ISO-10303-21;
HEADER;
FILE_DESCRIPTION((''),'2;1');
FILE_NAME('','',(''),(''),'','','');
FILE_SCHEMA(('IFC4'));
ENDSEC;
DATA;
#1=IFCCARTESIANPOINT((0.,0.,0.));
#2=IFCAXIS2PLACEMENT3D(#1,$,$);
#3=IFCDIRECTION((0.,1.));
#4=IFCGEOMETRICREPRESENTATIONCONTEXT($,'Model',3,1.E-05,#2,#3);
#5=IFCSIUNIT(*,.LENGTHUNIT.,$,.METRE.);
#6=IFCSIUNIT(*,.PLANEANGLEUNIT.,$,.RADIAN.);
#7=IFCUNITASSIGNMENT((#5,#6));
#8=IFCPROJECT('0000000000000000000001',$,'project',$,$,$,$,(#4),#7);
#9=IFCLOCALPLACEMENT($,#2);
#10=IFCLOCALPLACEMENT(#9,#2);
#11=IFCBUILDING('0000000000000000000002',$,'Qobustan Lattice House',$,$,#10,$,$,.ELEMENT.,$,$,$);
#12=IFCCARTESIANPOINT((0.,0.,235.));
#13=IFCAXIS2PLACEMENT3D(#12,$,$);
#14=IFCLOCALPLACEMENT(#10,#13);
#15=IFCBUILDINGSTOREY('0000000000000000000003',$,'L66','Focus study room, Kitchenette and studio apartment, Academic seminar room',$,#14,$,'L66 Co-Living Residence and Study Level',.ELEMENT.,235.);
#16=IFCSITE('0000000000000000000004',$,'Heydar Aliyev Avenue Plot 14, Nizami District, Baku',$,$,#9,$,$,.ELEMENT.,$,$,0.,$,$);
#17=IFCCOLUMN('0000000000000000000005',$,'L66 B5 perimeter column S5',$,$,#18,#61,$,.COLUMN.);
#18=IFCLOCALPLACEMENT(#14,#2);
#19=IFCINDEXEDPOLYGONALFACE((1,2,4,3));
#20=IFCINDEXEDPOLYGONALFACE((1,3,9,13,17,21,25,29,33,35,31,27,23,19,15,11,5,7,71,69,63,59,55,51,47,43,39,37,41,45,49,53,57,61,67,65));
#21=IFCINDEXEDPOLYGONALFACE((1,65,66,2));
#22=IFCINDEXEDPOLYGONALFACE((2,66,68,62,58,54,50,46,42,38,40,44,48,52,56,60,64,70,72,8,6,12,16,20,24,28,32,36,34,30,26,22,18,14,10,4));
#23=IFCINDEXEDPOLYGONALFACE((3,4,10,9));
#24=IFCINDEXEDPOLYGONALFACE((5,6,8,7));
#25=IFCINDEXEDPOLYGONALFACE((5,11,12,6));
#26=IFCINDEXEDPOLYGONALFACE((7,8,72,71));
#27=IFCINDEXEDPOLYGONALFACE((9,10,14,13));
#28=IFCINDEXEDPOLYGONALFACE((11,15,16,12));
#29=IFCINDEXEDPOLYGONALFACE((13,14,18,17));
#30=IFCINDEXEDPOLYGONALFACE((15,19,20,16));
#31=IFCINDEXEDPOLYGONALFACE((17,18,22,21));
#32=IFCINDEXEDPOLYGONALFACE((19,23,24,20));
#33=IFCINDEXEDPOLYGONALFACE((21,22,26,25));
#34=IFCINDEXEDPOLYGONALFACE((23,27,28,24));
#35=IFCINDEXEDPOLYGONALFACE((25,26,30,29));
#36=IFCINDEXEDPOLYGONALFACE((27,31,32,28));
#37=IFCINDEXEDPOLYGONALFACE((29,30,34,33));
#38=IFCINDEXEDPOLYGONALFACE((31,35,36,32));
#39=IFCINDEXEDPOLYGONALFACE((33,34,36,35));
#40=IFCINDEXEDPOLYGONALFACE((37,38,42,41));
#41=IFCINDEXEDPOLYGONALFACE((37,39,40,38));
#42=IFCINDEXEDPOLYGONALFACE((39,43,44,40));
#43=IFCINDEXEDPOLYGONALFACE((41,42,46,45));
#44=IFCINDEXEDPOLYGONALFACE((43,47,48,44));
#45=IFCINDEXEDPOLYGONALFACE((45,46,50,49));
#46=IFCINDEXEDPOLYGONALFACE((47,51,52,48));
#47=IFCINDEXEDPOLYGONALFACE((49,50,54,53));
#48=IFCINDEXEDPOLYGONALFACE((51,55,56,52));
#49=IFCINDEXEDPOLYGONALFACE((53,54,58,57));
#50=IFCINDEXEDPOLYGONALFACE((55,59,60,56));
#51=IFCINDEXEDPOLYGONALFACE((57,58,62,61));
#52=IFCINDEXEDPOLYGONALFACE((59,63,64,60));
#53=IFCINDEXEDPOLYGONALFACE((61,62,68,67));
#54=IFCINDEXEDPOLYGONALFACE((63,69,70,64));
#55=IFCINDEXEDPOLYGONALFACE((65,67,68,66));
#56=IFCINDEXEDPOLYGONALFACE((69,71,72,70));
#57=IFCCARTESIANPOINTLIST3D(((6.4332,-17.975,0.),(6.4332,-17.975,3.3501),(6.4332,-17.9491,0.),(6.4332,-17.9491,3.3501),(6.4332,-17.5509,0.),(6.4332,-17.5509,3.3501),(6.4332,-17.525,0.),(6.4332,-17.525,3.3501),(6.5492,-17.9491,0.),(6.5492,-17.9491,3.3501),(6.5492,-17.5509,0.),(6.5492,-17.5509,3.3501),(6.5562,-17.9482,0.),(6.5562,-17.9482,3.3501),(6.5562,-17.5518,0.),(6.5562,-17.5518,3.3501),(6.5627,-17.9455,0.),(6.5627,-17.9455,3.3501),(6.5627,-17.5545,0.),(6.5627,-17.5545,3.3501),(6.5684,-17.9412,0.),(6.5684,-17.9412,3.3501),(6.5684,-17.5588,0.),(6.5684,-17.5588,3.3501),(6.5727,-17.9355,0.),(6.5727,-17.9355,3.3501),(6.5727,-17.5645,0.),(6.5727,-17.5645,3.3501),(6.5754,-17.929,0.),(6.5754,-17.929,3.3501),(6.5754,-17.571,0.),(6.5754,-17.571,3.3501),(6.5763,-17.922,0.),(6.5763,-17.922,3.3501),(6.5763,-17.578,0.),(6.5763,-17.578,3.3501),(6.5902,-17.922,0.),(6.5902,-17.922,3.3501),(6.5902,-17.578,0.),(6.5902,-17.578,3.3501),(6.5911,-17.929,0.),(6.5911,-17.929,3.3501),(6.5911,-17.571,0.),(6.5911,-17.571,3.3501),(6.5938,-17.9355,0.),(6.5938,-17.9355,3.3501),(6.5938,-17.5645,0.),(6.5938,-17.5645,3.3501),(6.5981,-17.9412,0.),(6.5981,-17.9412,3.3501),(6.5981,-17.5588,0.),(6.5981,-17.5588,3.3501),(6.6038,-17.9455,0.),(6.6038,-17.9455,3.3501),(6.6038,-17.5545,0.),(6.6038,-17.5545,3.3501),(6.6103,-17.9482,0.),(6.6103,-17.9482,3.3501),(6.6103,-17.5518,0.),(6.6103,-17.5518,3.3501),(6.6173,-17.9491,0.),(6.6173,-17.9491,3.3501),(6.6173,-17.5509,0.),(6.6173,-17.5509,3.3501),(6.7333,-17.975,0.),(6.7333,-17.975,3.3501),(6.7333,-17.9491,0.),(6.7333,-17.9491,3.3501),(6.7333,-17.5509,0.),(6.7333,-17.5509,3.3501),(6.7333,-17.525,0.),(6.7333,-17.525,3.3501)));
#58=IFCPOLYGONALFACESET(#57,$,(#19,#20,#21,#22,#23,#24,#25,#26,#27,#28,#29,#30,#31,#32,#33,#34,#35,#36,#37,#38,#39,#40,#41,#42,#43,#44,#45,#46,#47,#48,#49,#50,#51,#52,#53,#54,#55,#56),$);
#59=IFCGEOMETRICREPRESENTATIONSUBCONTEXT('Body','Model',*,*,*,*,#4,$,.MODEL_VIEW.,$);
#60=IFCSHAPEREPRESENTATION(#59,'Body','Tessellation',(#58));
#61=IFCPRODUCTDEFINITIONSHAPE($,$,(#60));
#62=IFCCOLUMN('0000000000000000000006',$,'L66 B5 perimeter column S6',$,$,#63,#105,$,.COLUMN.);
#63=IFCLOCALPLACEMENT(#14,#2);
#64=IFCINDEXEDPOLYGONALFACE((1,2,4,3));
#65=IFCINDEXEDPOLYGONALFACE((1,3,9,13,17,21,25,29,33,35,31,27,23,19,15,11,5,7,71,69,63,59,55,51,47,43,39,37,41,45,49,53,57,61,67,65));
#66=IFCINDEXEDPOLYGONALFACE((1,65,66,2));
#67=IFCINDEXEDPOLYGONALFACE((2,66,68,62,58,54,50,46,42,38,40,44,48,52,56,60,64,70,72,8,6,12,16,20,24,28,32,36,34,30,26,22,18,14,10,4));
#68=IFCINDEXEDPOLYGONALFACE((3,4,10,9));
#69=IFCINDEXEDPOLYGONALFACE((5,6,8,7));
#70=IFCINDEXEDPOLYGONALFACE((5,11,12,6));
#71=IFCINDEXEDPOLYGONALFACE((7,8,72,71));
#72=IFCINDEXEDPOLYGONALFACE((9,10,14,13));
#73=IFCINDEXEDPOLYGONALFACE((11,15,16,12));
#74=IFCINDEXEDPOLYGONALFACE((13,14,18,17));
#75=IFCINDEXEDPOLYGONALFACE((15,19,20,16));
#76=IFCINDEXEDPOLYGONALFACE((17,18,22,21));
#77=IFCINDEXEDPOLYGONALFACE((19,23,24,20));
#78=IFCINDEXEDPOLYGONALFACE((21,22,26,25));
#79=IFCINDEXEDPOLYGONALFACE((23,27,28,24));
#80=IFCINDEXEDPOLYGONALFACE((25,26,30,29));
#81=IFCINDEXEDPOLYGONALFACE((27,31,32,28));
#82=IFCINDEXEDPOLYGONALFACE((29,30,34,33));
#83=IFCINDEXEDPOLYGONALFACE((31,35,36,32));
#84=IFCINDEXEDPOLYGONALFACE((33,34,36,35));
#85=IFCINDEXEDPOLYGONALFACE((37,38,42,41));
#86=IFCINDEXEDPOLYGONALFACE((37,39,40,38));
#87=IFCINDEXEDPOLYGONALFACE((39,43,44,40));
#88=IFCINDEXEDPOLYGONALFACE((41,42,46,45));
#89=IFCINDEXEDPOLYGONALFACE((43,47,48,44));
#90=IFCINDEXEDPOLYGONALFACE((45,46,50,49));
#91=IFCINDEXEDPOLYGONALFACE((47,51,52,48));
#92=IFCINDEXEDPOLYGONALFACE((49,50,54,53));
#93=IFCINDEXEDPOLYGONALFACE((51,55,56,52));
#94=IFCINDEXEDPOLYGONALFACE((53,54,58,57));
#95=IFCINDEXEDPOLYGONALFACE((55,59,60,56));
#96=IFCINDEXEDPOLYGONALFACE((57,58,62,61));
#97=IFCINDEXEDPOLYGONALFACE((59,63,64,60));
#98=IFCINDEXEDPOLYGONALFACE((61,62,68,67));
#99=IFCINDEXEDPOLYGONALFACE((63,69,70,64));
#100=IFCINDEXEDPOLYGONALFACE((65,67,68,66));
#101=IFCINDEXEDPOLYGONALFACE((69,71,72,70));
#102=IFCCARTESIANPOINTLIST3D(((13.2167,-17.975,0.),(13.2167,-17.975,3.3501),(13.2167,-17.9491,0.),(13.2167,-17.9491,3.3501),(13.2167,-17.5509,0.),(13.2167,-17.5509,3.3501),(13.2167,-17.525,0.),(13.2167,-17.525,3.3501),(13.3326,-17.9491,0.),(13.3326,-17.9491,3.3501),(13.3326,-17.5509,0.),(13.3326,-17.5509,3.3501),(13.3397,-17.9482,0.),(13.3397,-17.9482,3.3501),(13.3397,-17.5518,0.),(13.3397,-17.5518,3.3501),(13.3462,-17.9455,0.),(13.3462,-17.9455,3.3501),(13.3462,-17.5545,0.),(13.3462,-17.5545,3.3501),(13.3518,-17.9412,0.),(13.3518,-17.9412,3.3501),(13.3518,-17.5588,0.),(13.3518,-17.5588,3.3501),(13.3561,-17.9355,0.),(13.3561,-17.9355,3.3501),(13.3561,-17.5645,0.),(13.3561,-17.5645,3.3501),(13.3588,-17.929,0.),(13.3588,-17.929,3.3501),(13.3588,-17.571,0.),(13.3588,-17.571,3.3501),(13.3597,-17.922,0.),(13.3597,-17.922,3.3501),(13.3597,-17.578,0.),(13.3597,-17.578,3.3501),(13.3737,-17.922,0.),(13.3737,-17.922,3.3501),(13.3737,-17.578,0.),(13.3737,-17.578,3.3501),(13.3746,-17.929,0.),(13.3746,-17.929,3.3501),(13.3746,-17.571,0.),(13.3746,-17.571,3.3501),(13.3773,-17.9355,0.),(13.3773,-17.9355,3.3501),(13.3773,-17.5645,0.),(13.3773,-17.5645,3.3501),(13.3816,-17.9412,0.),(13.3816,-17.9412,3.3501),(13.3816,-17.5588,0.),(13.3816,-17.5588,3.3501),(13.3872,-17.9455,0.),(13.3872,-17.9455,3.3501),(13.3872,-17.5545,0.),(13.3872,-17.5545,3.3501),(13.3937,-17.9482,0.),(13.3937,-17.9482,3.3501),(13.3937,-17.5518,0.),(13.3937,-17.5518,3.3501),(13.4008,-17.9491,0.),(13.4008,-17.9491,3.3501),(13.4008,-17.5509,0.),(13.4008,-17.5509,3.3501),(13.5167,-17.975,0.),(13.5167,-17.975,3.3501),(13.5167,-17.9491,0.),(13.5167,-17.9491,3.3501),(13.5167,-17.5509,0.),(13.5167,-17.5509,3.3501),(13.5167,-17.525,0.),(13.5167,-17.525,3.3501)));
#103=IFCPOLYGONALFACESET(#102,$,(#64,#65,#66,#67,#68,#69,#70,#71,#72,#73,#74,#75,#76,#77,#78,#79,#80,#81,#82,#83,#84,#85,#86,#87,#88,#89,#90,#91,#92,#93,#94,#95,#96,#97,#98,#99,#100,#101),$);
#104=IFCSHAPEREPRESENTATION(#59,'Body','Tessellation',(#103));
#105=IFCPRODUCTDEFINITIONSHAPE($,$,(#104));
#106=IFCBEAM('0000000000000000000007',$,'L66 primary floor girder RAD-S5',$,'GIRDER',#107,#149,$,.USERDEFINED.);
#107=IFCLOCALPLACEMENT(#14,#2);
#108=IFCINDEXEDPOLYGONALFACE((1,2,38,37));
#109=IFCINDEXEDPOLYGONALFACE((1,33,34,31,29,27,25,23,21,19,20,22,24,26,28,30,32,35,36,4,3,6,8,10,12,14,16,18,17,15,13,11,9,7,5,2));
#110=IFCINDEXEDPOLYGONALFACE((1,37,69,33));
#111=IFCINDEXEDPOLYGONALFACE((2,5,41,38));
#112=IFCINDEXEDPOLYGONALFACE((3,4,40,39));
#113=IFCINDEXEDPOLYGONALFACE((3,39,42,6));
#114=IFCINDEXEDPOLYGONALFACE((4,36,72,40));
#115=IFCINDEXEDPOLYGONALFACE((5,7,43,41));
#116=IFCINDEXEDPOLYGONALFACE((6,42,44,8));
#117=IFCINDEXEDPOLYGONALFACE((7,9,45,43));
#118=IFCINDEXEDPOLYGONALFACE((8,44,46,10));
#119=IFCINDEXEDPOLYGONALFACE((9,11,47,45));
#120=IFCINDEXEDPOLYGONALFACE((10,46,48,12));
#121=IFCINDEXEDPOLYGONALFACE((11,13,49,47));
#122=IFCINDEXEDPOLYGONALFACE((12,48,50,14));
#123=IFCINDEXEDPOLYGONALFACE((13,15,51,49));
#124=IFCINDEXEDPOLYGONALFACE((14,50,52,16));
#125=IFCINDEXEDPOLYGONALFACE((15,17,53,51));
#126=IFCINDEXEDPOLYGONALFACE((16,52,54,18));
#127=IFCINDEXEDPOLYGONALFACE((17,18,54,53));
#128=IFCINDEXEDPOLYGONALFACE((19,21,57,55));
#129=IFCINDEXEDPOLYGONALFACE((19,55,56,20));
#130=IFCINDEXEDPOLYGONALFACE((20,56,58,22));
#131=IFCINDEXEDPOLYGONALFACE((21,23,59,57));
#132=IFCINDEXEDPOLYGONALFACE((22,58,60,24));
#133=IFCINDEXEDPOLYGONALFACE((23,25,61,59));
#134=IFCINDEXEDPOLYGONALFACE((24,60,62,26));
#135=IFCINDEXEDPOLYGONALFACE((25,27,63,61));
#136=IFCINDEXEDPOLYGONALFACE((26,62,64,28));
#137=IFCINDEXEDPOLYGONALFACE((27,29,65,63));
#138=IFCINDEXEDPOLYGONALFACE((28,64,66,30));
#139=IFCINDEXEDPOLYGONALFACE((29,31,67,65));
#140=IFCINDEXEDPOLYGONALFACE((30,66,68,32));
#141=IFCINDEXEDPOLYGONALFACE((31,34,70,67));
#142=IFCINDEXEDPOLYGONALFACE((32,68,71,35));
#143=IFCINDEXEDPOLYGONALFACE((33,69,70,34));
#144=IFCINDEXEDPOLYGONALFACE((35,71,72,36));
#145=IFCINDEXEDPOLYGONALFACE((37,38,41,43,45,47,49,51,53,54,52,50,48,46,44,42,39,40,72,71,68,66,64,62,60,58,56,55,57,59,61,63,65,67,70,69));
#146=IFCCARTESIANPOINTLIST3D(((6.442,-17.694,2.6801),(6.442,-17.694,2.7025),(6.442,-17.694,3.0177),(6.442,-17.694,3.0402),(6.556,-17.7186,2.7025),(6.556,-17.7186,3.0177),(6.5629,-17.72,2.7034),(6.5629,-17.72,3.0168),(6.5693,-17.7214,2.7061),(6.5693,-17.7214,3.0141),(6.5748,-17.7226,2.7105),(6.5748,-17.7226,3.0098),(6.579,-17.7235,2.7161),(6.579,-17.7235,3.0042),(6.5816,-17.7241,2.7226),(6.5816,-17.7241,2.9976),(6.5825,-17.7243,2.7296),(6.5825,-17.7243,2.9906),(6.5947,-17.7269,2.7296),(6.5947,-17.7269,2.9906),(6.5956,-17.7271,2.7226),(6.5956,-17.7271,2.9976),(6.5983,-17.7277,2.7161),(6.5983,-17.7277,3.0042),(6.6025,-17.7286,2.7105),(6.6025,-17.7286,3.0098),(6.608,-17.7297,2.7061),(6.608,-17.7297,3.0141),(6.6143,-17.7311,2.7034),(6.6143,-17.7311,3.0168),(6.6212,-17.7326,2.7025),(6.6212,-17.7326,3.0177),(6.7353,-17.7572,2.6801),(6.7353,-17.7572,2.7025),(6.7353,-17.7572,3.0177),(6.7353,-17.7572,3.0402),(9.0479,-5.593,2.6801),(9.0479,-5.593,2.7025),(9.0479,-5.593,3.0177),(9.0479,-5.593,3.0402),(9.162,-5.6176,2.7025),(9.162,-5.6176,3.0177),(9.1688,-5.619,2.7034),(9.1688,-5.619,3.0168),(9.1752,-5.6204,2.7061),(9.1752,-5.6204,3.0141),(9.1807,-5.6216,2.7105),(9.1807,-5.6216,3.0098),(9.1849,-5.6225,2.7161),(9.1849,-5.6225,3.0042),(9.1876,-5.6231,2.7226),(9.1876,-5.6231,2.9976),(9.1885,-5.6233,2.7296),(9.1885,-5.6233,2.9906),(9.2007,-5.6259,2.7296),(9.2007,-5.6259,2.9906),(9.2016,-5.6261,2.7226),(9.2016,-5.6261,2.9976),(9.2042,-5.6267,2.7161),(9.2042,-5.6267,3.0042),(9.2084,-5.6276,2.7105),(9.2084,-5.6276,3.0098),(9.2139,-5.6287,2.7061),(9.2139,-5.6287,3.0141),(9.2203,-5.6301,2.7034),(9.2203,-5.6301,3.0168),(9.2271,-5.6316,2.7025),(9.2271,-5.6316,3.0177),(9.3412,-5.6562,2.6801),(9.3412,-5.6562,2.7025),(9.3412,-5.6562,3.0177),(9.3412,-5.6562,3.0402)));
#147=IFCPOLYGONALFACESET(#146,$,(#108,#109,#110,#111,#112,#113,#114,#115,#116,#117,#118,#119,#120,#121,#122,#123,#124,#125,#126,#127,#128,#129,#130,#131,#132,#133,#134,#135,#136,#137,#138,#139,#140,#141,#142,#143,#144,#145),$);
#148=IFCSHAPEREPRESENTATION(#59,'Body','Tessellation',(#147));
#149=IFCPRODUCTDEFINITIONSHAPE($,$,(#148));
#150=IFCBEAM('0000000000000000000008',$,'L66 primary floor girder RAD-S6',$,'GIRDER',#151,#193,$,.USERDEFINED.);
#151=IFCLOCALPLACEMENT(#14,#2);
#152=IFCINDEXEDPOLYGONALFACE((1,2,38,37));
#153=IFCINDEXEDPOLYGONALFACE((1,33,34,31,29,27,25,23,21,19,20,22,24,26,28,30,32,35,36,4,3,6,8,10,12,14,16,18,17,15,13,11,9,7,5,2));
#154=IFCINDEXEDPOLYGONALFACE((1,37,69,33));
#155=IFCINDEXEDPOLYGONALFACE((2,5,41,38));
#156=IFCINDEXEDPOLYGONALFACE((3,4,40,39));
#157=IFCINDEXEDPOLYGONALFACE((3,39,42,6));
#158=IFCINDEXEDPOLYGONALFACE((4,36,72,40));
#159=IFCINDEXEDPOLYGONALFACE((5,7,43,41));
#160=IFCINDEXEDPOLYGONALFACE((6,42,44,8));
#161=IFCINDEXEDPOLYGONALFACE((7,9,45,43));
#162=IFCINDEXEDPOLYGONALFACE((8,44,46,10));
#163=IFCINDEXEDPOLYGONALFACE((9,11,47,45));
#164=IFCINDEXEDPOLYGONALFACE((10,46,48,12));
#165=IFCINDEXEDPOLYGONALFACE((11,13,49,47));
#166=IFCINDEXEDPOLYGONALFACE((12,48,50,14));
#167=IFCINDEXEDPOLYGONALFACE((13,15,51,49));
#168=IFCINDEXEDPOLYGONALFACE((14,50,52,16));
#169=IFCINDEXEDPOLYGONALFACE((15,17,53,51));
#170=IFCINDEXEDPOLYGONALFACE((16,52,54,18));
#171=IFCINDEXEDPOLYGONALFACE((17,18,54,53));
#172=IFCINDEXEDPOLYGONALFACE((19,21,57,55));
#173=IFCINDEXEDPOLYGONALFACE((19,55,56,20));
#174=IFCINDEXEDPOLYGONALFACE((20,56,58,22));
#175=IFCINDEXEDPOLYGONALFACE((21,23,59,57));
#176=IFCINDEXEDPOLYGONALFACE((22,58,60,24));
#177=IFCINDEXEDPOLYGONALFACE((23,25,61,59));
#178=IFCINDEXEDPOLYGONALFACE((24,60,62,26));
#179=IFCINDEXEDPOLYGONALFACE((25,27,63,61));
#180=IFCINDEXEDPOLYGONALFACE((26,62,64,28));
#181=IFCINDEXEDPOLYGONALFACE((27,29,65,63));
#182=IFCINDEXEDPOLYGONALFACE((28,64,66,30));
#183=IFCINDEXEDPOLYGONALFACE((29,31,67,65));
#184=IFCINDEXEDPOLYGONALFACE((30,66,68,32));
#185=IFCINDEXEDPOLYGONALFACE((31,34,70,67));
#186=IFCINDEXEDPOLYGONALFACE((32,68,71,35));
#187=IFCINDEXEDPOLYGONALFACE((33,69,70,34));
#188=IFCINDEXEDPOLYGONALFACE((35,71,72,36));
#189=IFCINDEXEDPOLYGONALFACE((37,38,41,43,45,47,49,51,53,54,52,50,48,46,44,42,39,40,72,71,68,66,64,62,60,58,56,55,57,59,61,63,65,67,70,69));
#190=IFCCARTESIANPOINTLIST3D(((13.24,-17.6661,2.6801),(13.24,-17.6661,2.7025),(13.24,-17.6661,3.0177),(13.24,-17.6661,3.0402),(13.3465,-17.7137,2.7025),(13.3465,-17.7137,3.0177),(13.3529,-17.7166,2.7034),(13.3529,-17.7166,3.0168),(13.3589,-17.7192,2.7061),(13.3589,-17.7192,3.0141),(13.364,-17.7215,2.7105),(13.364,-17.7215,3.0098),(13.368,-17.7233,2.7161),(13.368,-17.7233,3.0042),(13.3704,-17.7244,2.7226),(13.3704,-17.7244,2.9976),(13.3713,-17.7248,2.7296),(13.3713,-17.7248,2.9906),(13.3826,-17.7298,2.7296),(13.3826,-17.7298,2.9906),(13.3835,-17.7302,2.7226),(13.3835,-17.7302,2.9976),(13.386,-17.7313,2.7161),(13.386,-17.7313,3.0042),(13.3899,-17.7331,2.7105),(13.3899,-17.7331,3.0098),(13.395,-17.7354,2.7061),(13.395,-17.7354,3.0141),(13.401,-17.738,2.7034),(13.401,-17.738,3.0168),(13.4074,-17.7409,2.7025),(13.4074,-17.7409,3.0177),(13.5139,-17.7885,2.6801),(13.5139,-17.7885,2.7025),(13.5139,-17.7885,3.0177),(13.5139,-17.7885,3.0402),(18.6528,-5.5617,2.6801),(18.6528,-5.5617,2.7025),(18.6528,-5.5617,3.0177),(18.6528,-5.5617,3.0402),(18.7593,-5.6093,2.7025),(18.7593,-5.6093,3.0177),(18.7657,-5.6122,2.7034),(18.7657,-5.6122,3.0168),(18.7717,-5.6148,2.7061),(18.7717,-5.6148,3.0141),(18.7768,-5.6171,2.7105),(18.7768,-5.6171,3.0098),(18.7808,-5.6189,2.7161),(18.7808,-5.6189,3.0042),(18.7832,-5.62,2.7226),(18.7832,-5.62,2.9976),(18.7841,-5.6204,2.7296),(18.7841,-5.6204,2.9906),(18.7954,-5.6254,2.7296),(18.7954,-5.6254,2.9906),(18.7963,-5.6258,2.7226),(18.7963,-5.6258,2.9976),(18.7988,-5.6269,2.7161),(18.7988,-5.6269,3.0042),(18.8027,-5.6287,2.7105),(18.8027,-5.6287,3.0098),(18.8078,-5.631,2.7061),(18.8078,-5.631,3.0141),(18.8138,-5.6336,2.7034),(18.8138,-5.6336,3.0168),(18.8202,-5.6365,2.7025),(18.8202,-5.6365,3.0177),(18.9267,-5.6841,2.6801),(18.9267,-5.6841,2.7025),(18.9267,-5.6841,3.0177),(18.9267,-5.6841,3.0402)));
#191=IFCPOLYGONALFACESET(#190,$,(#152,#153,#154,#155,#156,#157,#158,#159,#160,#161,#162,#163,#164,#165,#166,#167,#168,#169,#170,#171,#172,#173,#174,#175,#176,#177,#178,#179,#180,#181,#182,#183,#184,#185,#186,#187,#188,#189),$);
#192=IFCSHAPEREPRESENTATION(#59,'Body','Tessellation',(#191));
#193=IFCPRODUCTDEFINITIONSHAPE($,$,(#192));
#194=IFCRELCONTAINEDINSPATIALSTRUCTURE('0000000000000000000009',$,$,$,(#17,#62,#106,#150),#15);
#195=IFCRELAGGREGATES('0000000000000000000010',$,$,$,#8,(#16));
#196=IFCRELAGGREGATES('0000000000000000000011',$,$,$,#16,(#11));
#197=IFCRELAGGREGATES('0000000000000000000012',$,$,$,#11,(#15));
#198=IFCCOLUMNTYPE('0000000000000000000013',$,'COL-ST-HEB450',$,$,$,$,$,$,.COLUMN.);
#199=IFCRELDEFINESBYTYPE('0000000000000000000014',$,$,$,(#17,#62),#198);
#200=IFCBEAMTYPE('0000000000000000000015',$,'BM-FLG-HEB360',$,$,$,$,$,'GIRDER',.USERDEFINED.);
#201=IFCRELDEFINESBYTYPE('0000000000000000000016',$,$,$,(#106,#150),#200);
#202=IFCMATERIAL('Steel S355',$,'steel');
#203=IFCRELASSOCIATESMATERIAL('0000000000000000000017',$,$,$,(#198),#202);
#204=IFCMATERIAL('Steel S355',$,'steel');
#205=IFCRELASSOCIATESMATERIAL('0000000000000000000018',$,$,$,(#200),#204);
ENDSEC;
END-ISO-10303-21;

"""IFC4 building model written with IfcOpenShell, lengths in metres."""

from ifc_helpers import new_model, si_unit, direction, frame, origin, origin_2d, place, context, subcontext, project, spatial, i_section, extrude, material, material_profile, profile_set, type_object, element, save


model = new_model("IFC4")

# Units and contexts
model_context = context("Model", 3, precision=1e-05, world=origin(), true_north=direction((0.0, 1.0)))
body_context = subcontext(model_context, "Body", "Model", "MODEL_VIEW")
ifc_project = project(units=[si_unit("LENGTHUNIT", "METRE"), si_unit("PLANEANGLEUNIT", "RADIAN")], contexts=[model_context])

# Site, building, storey
site_placement = place(None, origin())
site = spatial("IfcSite", under=ifc_project, at=site_placement, Name="Heydar Aliyev Avenue Plot 14, Nizami District, Baku", CompositionType="ELEMENT", RefElevation=0.0)
building_placement = place(site_placement, origin())
building = spatial("IfcBuilding", under=site, at=building_placement, Name="Qobustan Lattice House", CompositionType="ELEMENT")
storey_placement = place(building_placement, frame((0.0, 0.0, 235.0)))
storey = spatial("IfcBuildingStorey", under=building, at=storey_placement, Name="L66", Description="Focus study room, Kitchenette and studio apartment, Academic seminar room", LongName="L66 Co-Living Residence and Study Level", CompositionType="ELEMENT", Elevation=235.0)

# Columns
ifc_material_1 = material(Name="Steel S355", Category="steel")
ifc_material_profile_1 = material_profile(ifc_material_1, i_section(OverallWidth=0.3, OverallDepth=0.45, WebThickness=0.0139, FlangeThickness=0.0259, FilletRadius=0.0271, at=origin_2d()), Name="HEB450")
ifc_profile_set_1 = profile_set([ifc_material_profile_1], Name="Steel S355")
column_type = type_object("IfcColumnType", Name="COL-ST-HEB450", PredefinedType="COLUMN", material=ifc_profile_set_1)
for number, where, z_axis, x_axis, name in (
    (1, (6.5833, -17.75, 0.0), (0.0, 0.0, 1.0), (1.0, 0.0, 0.0), "L66 B5 perimeter column S5"),
    (2, (13.3667, -17.75, 0.0), (0.0, 0.0, 1.0), (1.0, 0.0, 0.0), "L66 B5 perimeter column S6"),
):
    element("IfcColumn", number, at=place(storey_placement, frame(where, z_axis=z_axis, x_axis=x_axis)), inside=storey, type_object=column_type, Name=name, PredefinedType="COLUMN", context=body_context, shape_type="SweptSolid", body=[
        extrude(i_section(OverallWidth=0.3, OverallDepth=0.45, WebThickness=0.0139, FlangeThickness=0.0259, FilletRadius=0.0271, at=origin_2d()), origin(), (0.0, 0.0, 1.0), 3.3501),
    ])

# Beams
ifc_material_2 = material(Name="Steel S355", Category="steel")
ifc_material_profile_2 = material_profile(ifc_material_2, i_section(OverallWidth=0.3, OverallDepth=0.3601, WebThickness=0.0125, FlangeThickness=0.0225, FilletRadius=0.0271, at=origin_2d()), Name="HEB360")
ifc_profile_set_2 = profile_set([ifc_material_profile_2], Name="Steel S355")
beam_type_1 = type_object("IfcBeamType", Name="BM-FLG-HEB360", ElementType="GIRDER", PredefinedType="USERDEFINED", material=ifc_profile_set_2)
beam_1_placement = place(storey_placement, frame((6.5886, -17.7256, 2.8601), z_axis=(0.210523, 0.977589, 0.0), x_axis=(-0.977589, 0.210523, 0.0)))
element("IfcBeam", 3, at=beam_1_placement, inside=storey, type_object=beam_type_1, Name="L66 primary floor girder RAD-S5", ObjectType="GIRDER", PredefinedType="USERDEFINED", context=body_context, shape_type="SweptSolid", body=[
    extrude(i_section(OverallWidth=0.3, OverallDepth=0.3601, WebThickness=0.0125, FlangeThickness=0.0225, FilletRadius=0.0271, at=origin_2d()), origin(), (0.0, 0.0, 1.0), 12.3784),
])
beam_2_placement = place(storey_placement, frame((13.377, -17.7273, 2.8601), z_axis=(0.40822, 0.912884, 0.0), x_axis=(-0.912884, 0.40822, 0.0)))
element("IfcBeam", 4, at=beam_2_placement, inside=storey, type_object=beam_type_1, Name="L66 primary floor girder RAD-S6", ObjectType="GIRDER", PredefinedType="USERDEFINED", context=body_context, shape_type="SweptSolid", body=[
    extrude(i_section(OverallWidth=0.3, OverallDepth=0.3601, WebThickness=0.0125, FlangeThickness=0.0225, FilletRadius=0.0271, at=origin_2d()), origin(), (0.0, 0.0, 1.0), 13.2595),
])

save(model, "model.ifc")
